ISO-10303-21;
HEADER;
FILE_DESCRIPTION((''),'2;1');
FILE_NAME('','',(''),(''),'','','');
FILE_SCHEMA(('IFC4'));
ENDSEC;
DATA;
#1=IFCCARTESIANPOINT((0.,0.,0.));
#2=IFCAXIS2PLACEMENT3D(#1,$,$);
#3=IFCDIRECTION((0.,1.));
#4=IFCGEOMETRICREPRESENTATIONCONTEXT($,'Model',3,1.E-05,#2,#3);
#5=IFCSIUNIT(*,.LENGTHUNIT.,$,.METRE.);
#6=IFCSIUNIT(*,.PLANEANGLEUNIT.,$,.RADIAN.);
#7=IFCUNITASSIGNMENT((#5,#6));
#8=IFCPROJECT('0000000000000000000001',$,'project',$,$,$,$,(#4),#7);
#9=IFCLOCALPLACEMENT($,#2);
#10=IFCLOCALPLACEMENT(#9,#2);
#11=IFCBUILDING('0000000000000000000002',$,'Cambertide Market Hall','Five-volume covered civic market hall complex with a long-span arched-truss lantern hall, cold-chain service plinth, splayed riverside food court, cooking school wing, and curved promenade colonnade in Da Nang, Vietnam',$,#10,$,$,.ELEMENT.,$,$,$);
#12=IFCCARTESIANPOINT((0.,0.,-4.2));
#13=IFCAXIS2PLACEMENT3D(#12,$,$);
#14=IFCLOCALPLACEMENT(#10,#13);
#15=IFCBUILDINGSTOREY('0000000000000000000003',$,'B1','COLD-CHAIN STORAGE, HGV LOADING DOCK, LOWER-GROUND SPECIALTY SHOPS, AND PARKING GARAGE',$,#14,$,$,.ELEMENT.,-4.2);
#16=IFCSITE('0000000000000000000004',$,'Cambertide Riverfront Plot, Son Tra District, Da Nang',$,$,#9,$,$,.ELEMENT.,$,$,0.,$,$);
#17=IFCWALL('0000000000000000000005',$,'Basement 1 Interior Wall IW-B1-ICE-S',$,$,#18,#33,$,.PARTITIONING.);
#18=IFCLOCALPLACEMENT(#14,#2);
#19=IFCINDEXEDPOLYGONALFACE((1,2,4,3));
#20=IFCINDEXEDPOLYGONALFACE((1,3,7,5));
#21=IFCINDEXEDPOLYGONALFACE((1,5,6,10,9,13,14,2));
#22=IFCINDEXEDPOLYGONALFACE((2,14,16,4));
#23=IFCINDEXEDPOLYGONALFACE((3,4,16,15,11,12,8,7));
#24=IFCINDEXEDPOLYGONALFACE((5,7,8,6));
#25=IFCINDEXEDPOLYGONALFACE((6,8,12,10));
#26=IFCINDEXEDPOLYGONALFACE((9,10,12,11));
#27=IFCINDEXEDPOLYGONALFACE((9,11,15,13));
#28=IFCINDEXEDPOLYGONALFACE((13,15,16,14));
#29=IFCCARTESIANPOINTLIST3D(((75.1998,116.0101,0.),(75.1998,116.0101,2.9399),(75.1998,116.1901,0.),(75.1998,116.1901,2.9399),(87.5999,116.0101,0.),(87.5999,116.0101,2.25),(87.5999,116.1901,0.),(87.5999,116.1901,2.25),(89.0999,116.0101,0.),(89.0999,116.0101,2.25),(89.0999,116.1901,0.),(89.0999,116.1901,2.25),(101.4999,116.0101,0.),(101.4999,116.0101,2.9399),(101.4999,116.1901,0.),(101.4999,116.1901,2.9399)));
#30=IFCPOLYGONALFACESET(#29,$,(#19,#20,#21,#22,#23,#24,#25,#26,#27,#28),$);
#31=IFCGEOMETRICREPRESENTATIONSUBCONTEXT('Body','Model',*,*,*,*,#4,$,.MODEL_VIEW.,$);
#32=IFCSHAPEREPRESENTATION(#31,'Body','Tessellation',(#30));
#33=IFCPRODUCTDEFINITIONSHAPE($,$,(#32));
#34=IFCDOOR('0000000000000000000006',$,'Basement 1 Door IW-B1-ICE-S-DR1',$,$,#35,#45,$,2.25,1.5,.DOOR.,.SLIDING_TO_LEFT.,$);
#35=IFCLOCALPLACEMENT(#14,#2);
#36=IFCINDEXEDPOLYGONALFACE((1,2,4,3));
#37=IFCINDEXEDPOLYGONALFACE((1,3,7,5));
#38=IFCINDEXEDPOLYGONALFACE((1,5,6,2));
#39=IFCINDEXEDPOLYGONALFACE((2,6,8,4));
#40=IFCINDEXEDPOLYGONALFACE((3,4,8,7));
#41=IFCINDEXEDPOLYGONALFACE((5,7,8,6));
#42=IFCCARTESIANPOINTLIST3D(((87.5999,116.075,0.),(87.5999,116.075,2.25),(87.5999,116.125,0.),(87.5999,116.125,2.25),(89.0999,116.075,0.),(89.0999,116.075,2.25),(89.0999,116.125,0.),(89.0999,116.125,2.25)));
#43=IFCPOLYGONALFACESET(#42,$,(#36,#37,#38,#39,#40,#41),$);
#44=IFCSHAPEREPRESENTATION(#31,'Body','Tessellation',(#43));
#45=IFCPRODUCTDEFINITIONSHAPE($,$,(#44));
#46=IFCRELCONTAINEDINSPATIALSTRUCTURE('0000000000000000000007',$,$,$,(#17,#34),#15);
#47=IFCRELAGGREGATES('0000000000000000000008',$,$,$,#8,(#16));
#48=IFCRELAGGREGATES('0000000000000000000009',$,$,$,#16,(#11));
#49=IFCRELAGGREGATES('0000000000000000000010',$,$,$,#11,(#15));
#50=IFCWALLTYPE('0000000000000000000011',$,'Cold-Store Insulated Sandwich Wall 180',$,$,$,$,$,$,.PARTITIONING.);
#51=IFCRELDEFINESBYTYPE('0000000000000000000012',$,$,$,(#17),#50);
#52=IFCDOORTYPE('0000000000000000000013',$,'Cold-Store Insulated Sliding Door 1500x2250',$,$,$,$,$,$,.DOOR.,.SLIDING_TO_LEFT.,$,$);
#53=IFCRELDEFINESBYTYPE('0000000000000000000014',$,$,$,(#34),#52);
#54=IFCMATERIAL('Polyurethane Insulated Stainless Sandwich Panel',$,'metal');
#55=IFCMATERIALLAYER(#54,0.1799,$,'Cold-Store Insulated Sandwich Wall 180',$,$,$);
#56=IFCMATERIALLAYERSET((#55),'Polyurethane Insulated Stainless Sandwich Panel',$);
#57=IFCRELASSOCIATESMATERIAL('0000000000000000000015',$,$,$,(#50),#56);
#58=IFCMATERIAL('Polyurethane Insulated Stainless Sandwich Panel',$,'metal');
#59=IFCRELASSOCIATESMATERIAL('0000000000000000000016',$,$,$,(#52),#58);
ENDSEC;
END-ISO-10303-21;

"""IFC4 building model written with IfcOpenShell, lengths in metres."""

from ifc_helpers import new_model, si_unit, direction, frame, frame_2d, origin, place, context, subcontext, project, spatial, rectangle, extrude, material, layer, layer_set, type_object, element, fill, save


model = new_model("IFC4")

# Units and contexts
model_context = context("Model", 3, precision=1e-05, world=origin(), true_north=direction((0.0, 1.0)))
body_context = subcontext(model_context, "Body", "Model", "MODEL_VIEW")
ifc_project = project(units=[si_unit("LENGTHUNIT", "METRE"), si_unit("PLANEANGLEUNIT", "RADIAN")], contexts=[model_context])

# Site, building, storey
site_placement = place(None, origin())
site = spatial("IfcSite", under=ifc_project, at=site_placement, Name="Cambertide Riverfront Plot, Son Tra District, Da Nang", CompositionType="ELEMENT", RefElevation=0.0)
building_placement = place(site_placement, origin())
building = spatial("IfcBuilding", under=site, at=building_placement, Name="Cambertide Market Hall", Description="Five-volume covered civic market hall complex with a long-span arched-truss lantern hall, cold-chain service plinth, splayed riverside food court, cooking school wing, and curved promenade colonnade in Da Nang, Vietnam", CompositionType="ELEMENT")
storey_placement = place(building_placement, frame((0.0, 0.0, -4.2)))
storey = spatial("IfcBuildingStorey", under=building, at=storey_placement, Name="B1", Description="COLD-CHAIN STORAGE, HGV LOADING DOCK, LOWER-GROUND SPECIALTY SHOPS, AND PARKING GARAGE", CompositionType="ELEMENT", Elevation=-4.2)

# Wall, opening, door
ifc_material_1 = material(Name="Polyurethane Insulated Stainless Sandwich Panel", Category="metal")
ifc_layer_1 = layer(ifc_material_1, 0.1799, Name="Cold-Store Insulated Sandwich Wall 180")
ifc_layer_set_1 = layer_set([ifc_layer_1], Name="Polyurethane Insulated Stainless Sandwich Panel")
wall_type_1 = type_object("IfcWallType", Name="Cold-Store Insulated Sandwich Wall 180", PredefinedType="PARTITIONING", material=ifc_layer_set_1)
wall_1_placement = place(storey_placement, frame((75.2, 116.1001, 0.0), z_axis=(0.0, 0.0, 1.0), x_axis=(1.0, 0.0, 0.0)))
wall_1 = element("IfcWall", 1, at=wall_1_placement, inside=storey, type_object=wall_type_1, Name="Basement 1 Interior Wall IW-B1-ICE-S", PredefinedType="PARTITIONING", context=body_context, shape_type="SweptSolid", body=[
    extrude(rectangle(XDim=26.3, YDim=0.1799, at=frame_2d((13.1499, 0.0))), origin(), (0.0, 0.0, 1.0), 2.9399),
])
opening_placement = place(wall_1_placement, frame((12.3999, 0.0, 0.0)))
opening = element("IfcOpeningElement", 2, at=opening_placement, cuts=wall_1, PredefinedType="OPENING", context=body_context, shape_type="SweptSolid", body=[
    extrude(rectangle(XDim=1.5, YDim=2.25, at=frame_2d((0.75, 1.125))), frame((0.0, 0.0999, 0.0), z_axis=(0.0, -1.0, 0.0), x_axis=(1.0, 0.0, 0.0)), (0.0, 0.0, 1.0), 0.2),
])
ifc_material_2 = material(Name="Polyurethane Insulated Stainless Sandwich Panel", Category="metal")
door_type = type_object("IfcDoorType", Name="Cold-Store Insulated Sliding Door 1500x2250", OperationType="SLIDING_TO_LEFT", PredefinedType="DOOR", material=ifc_material_2)
door_placement = place(opening_placement, origin())
door = element("IfcDoor", 3, at=door_placement, inside=storey, type_object=door_type, Name="Basement 1 Door IW-B1-ICE-S-DR1", OperationType="SLIDING_TO_LEFT", OverallHeight=2.25, OverallWidth=1.5, PredefinedType="DOOR", context=body_context, shape_type="SweptSolid", body=[
    extrude(rectangle(XDim=1.5, YDim=2.25, at=frame_2d((0.75, 1.125))), frame((0.0, 0.0249, 0.0), z_axis=(0.0, -1.0, 0.0), x_axis=(1.0, 0.0, 0.0)), (0.0, 0.0, 1.0), 0.05),
])
fill(opening, door)

save(model, "model.ifc")
